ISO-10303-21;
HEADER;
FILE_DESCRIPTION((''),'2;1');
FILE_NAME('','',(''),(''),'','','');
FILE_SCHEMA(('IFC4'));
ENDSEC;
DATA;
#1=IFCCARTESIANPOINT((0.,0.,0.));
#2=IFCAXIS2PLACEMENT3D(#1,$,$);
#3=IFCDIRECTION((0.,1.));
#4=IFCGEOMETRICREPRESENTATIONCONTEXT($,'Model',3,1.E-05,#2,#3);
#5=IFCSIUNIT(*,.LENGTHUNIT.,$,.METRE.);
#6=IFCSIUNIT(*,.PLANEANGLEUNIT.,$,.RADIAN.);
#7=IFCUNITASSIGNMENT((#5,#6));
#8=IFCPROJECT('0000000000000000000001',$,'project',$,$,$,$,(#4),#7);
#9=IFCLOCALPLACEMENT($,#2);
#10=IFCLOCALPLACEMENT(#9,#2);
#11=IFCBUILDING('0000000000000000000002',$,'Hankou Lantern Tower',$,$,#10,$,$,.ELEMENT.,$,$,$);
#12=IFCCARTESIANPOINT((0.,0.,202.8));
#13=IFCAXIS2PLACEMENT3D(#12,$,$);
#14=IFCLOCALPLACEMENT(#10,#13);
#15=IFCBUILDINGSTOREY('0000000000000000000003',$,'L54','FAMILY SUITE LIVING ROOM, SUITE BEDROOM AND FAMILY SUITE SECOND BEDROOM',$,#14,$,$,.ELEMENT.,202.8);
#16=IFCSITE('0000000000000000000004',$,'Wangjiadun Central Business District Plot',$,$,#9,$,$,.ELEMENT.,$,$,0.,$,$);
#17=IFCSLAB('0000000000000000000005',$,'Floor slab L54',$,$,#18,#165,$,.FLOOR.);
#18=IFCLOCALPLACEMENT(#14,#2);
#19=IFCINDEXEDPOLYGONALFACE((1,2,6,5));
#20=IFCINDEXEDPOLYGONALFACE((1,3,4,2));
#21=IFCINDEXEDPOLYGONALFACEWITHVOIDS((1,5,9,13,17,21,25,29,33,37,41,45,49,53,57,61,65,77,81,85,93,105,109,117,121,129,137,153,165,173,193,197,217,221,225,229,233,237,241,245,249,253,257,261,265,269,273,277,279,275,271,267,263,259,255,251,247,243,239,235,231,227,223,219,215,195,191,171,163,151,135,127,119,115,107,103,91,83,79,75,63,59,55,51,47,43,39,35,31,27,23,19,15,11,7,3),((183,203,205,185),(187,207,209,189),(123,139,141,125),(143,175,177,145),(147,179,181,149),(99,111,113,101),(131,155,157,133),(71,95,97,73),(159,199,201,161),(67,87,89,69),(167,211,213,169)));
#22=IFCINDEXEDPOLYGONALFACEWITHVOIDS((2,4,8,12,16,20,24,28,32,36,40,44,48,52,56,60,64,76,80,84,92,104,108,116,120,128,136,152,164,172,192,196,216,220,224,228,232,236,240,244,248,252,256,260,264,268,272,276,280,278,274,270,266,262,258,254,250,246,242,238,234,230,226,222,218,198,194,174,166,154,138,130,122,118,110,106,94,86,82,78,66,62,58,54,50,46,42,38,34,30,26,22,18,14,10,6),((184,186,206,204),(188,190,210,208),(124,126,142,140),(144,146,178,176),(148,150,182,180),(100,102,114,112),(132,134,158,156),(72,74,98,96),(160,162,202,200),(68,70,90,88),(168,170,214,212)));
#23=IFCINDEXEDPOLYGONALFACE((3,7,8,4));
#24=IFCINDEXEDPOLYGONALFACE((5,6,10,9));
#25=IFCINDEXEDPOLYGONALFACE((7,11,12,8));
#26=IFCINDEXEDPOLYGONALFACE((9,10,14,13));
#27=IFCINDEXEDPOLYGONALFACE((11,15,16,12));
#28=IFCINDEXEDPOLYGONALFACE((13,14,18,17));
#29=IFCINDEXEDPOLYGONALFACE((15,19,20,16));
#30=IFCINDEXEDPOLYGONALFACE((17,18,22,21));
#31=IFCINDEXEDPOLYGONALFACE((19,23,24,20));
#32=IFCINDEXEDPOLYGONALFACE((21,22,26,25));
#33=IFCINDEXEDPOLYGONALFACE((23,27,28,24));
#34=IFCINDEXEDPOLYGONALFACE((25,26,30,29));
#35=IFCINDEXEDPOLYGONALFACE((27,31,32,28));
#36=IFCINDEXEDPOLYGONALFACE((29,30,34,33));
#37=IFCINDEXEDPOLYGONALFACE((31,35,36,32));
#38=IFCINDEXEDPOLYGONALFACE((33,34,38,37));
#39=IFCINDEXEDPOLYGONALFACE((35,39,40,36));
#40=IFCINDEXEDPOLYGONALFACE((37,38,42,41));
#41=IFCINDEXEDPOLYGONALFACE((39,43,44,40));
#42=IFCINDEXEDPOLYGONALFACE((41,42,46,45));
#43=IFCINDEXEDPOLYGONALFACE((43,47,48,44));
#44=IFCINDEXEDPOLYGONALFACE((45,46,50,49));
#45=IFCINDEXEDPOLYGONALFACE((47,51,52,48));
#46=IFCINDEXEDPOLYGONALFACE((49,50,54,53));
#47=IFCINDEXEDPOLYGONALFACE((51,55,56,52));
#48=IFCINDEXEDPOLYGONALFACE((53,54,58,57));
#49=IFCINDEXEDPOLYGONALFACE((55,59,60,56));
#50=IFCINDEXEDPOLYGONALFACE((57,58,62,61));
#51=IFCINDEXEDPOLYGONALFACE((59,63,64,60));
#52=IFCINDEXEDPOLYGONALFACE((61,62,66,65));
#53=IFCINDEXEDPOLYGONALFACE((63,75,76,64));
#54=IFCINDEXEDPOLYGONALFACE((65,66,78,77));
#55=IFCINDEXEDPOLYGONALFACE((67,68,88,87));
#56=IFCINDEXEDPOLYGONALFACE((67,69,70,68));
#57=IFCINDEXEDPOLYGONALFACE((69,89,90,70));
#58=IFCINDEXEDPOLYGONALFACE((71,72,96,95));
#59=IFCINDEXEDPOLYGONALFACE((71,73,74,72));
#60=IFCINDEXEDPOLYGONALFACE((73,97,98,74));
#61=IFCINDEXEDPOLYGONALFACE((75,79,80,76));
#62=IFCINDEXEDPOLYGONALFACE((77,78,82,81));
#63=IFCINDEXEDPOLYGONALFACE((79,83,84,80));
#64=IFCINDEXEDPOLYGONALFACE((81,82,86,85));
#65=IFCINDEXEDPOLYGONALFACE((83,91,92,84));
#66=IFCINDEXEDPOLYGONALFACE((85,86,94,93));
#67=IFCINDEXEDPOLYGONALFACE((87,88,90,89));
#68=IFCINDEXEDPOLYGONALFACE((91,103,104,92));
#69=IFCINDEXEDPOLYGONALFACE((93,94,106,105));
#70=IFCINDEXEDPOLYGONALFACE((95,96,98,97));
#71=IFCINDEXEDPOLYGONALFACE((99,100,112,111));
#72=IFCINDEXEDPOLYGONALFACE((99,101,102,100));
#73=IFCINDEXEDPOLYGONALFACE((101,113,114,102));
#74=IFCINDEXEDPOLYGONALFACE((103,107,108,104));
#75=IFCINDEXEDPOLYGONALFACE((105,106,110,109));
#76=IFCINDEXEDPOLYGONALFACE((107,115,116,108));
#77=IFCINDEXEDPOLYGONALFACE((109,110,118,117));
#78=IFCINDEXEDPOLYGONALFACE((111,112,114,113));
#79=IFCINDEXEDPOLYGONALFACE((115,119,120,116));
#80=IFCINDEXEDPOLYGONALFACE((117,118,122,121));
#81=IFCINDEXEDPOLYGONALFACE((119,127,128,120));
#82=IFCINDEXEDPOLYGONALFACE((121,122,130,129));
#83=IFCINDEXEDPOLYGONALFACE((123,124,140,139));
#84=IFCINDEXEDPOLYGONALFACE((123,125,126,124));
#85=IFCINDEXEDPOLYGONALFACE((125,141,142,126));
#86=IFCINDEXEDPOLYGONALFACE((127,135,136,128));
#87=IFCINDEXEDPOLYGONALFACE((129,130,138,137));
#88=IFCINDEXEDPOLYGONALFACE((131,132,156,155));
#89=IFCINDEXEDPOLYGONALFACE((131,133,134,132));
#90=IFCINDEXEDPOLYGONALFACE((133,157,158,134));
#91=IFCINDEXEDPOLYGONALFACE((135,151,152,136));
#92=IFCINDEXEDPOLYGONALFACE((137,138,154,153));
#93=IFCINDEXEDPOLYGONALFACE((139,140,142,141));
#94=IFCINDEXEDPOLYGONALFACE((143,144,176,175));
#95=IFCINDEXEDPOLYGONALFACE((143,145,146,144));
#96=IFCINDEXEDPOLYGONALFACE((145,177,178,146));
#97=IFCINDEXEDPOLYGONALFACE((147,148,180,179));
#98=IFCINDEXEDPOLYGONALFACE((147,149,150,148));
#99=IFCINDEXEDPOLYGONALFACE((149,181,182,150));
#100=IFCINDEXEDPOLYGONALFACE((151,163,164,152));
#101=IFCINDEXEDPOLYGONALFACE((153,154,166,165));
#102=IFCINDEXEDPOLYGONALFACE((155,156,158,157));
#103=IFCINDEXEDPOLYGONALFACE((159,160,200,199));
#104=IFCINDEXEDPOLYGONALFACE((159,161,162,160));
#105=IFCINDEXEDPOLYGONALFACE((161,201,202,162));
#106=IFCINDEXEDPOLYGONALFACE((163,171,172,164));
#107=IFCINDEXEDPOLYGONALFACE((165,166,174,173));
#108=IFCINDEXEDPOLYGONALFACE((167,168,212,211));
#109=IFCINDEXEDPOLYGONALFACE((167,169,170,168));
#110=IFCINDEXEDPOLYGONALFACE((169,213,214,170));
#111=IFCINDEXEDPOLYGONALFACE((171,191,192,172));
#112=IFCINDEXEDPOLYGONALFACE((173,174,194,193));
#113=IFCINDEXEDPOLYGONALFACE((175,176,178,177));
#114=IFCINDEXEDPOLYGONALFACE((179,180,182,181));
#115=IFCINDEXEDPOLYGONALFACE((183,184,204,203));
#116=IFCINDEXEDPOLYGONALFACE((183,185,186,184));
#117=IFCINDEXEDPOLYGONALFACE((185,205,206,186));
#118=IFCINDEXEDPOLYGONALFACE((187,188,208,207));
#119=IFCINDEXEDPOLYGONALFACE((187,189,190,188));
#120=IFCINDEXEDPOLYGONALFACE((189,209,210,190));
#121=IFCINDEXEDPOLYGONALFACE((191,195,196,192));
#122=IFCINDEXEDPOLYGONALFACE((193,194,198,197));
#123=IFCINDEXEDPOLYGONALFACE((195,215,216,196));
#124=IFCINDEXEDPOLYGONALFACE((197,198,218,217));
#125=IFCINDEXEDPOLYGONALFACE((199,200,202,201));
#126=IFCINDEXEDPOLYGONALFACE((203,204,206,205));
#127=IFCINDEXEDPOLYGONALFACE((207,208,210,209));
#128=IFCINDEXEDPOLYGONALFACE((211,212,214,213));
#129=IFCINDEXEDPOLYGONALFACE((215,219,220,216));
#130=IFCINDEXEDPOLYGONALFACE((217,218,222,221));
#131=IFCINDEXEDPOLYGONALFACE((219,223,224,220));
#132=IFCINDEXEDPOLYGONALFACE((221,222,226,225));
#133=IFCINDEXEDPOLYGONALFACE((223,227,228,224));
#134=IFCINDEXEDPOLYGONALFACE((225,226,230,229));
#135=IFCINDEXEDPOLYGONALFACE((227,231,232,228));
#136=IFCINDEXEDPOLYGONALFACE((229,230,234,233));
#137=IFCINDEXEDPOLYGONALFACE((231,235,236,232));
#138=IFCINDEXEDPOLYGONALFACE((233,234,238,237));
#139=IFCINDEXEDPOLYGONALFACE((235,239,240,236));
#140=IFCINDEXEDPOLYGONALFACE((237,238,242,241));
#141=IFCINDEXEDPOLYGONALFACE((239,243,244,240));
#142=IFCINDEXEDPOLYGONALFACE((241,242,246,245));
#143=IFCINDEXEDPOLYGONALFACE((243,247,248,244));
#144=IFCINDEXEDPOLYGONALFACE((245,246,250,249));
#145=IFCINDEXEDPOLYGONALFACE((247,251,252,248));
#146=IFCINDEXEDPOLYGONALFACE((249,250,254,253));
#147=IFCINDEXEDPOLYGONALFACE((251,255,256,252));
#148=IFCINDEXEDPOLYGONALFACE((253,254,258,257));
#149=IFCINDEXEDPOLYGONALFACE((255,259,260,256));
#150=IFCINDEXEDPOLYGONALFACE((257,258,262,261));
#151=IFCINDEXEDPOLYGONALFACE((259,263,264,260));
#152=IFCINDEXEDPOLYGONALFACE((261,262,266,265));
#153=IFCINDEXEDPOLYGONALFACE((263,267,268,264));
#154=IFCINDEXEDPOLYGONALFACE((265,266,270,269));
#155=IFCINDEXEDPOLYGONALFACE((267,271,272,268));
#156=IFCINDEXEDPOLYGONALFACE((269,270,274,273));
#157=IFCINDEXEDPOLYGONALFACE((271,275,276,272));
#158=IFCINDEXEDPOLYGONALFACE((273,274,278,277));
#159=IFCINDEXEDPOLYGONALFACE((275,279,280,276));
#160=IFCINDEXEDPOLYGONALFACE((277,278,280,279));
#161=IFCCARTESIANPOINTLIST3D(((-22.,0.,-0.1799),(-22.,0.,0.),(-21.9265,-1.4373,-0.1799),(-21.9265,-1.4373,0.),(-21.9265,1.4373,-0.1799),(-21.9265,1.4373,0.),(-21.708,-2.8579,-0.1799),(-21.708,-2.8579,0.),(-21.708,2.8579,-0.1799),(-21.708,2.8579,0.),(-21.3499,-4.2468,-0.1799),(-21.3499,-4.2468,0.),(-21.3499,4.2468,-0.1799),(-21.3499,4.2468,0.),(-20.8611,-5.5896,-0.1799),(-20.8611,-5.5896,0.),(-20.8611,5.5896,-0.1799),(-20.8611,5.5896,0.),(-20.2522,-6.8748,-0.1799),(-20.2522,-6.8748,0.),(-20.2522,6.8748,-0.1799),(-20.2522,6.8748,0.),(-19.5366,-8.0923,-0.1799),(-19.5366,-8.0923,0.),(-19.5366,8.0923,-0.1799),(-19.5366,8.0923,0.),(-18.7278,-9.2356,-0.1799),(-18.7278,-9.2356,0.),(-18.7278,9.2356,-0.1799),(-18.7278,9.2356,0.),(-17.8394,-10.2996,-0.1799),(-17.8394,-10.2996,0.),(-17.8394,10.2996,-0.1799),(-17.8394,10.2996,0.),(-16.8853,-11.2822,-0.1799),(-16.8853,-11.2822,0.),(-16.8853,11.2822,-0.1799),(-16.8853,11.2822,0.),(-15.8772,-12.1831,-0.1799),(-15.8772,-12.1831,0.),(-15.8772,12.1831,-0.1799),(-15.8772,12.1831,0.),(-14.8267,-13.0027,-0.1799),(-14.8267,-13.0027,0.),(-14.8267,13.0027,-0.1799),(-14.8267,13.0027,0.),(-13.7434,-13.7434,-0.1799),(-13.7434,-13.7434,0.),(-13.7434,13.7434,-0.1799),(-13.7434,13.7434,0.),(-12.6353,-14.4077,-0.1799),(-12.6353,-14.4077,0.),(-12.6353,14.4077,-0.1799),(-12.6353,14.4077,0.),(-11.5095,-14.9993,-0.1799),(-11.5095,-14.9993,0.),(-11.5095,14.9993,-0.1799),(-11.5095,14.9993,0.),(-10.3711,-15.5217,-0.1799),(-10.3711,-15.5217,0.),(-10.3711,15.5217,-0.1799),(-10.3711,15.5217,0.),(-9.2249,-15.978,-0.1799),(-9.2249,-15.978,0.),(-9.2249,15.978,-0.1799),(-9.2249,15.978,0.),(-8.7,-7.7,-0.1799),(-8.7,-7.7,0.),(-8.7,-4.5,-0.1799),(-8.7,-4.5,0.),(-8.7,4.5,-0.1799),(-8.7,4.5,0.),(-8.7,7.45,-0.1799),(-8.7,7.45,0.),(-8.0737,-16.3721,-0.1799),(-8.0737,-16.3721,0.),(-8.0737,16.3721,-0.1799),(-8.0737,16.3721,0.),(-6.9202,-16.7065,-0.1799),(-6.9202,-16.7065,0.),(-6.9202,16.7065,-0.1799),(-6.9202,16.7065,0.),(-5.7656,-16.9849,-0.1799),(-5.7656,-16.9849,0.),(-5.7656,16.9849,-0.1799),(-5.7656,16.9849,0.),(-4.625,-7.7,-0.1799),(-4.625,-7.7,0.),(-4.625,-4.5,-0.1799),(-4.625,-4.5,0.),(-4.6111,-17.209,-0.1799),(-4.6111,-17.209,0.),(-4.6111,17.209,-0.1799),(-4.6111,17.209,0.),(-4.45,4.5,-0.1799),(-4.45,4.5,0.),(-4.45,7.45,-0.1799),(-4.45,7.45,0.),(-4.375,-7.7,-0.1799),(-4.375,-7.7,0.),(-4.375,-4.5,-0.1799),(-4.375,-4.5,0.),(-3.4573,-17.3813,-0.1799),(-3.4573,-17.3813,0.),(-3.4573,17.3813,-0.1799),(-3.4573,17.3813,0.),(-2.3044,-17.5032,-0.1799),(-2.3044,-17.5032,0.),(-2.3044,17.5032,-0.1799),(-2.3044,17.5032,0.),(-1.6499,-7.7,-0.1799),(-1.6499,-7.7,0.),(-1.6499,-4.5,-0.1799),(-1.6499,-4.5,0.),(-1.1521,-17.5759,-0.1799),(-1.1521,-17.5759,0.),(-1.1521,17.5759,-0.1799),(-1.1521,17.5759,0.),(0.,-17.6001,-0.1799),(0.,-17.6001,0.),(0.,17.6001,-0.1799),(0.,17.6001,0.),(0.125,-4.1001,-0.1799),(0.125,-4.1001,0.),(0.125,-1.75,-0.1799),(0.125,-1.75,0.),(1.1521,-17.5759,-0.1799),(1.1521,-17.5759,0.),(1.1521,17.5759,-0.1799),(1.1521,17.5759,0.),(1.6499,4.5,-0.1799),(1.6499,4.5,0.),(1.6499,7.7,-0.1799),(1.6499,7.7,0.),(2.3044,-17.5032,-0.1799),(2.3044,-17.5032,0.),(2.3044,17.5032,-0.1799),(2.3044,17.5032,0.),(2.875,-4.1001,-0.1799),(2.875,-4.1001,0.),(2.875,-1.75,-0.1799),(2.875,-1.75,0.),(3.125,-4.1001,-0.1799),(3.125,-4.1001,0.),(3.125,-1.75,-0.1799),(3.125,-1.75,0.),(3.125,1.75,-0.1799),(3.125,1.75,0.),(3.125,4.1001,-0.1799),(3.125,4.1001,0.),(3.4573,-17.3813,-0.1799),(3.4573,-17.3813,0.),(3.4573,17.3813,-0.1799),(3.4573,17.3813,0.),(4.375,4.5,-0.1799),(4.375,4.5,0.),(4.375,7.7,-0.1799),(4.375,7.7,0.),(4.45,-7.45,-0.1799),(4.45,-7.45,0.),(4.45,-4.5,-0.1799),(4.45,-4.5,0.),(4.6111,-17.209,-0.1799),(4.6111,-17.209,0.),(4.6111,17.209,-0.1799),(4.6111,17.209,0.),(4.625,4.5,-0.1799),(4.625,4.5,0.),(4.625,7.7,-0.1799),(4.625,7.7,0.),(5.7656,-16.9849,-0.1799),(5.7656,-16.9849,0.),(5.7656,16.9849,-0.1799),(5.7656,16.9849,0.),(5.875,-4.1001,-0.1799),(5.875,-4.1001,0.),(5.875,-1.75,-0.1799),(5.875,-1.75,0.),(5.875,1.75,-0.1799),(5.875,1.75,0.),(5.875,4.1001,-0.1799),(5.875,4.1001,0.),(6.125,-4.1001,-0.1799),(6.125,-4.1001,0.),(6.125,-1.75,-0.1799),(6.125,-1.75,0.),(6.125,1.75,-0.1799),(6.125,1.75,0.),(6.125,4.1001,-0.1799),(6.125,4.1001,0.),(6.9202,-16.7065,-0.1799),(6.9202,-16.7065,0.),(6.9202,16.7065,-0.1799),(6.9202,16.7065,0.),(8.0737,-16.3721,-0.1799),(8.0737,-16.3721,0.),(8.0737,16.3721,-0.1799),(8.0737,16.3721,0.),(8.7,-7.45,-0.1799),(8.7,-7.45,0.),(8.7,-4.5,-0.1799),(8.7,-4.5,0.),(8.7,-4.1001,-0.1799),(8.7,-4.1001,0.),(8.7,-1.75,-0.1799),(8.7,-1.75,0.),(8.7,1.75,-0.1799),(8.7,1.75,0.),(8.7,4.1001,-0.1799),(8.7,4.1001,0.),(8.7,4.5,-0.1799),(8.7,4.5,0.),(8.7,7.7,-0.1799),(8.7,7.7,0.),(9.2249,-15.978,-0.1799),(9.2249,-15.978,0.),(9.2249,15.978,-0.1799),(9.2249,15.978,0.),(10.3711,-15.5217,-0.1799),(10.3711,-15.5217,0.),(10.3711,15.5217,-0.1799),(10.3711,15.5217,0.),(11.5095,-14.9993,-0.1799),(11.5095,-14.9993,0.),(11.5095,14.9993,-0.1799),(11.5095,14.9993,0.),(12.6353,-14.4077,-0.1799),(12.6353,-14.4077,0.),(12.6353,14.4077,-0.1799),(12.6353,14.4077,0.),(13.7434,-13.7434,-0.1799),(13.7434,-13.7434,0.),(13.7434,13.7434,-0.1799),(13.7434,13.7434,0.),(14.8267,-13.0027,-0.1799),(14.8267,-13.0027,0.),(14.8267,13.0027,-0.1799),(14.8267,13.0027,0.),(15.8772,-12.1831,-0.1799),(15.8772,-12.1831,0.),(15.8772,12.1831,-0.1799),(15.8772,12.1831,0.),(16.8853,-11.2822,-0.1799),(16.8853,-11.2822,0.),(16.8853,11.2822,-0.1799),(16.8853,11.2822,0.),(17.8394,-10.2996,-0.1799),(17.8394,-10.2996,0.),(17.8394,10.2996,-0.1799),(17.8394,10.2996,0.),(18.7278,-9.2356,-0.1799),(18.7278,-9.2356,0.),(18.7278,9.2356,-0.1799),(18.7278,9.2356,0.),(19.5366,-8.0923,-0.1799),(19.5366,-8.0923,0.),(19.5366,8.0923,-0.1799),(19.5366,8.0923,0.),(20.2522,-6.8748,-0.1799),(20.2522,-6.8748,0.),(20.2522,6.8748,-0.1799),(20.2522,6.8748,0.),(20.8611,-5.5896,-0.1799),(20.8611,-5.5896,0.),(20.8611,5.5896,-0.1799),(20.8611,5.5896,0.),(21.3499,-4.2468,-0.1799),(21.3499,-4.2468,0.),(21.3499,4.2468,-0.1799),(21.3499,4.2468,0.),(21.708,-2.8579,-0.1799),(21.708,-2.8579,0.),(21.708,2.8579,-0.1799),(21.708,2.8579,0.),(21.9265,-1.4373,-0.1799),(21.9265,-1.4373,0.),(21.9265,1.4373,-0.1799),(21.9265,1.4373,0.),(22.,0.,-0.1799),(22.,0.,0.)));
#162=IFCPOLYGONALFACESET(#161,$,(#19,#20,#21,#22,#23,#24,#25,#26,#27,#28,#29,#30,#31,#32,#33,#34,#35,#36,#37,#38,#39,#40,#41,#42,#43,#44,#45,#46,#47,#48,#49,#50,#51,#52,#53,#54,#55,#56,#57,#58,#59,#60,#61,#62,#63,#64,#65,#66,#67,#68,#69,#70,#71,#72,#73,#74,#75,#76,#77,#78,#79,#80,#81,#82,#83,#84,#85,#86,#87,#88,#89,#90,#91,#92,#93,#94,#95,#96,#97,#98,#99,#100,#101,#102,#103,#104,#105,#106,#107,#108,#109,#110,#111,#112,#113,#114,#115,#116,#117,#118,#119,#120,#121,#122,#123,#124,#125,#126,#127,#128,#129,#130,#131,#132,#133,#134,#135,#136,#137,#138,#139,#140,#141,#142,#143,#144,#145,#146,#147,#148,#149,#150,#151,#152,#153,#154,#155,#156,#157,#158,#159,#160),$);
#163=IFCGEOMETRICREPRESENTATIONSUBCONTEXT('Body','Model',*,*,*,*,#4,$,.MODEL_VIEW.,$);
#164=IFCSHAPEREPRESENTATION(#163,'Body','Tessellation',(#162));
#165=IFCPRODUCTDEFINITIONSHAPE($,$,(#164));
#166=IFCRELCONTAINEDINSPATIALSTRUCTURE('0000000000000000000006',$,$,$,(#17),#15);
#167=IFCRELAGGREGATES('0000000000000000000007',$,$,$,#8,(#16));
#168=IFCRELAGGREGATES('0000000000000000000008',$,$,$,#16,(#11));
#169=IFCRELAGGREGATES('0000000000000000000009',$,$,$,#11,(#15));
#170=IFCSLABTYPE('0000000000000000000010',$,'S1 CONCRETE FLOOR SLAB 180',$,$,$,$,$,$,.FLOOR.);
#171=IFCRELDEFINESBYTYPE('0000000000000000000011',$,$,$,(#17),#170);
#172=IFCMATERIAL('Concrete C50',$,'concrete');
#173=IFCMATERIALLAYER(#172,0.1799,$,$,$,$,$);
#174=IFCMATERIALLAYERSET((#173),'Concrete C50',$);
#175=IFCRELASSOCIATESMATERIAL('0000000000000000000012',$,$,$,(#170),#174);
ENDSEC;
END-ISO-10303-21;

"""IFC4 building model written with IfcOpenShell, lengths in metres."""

from ifc_helpers import new_model, si_unit, direction, frame, origin, place, context, subcontext, project, spatial, polyline, outline, extrude, material, layer, layer_set, type_object, element, save


model = new_model("IFC4")

# Units and contexts
model_context = context("Model", 3, precision=1e-05, world=origin(), true_north=direction((0.0, 1.0)))
body_context = subcontext(model_context, "Body", "Model", "MODEL_VIEW")
ifc_project = project(units=[si_unit("LENGTHUNIT", "METRE"), si_unit("PLANEANGLEUNIT", "RADIAN")], contexts=[model_context])

# Site, building, storey
site_placement = place(None, origin())
site = spatial("IfcSite", under=ifc_project, at=site_placement, Name="Wangjiadun Central Business District Plot", CompositionType="ELEMENT", RefElevation=0.0)
building_placement = place(site_placement, origin())
building = spatial("IfcBuilding", under=site, at=building_placement, Name="Hankou Lantern Tower", CompositionType="ELEMENT")
storey_placement = place(building_placement, frame((0.0, 0.0, 202.8)))
storey = spatial("IfcBuildingStorey", under=building, at=storey_placement, Name="L54", Description="FAMILY SUITE LIVING ROOM, SUITE BEDROOM AND FAMILY SUITE SECOND BEDROOM", CompositionType="ELEMENT", Elevation=202.8)

# Slab
ifc_material_1 = material(Name="Concrete C50", Category="concrete")
ifc_layer_1 = layer(ifc_material_1, 0.1799)
ifc_layer_set_1 = layer_set([ifc_layer_1], Name="Concrete C50")
slab_type = type_object("IfcSlabType", Name="S1 CONCRETE FLOOR SLAB 180", PredefinedType="FLOOR", material=ifc_layer_set_1)
slab_placement = place(storey_placement, frame((0.0, 0.0, -0.1799)))
element("IfcSlab", 1, at=slab_placement, inside=storey, type_object=slab_type, Name="Floor slab L54", PredefinedType="FLOOR", context=body_context, shape_type="SweptSolid", body=[
    extrude(outline(polyline([(22.0, 0.0), (21.9265, 1.4373), (21.708, 2.8579), (21.3499, 4.2468), (20.8611, 5.5896), (20.2522, 6.8748), (19.5366, 8.0923), (18.7278, 9.2356), (17.8394, 10.2996), (16.8853, 11.2822), (15.8772, 12.1831), (14.8267, 13.0027), (13.7434, 13.7434), (12.6353, 14.4077), (11.5095, 14.9993), (10.3711, 15.5217), (9.2249, 15.978), (8.0737, 16.3721), (6.9202, 16.7065), (5.7656, 16.9849), (4.6111, 17.209), (3.4573, 17.3813), (2.3044, 17.5032), (1.1521, 17.5759), (0.0, 17.6001), (-1.1521, 17.5759), (-2.3044, 17.5032), (-3.4573, 17.3813), (-4.6111, 17.209), (-5.7656, 16.9849), (-6.9202, 16.7065), (-8.0737, 16.3721), (-9.2249, 15.978), (-10.3711, 15.5217), (-11.5095, 14.9993), (-12.6353, 14.4077), (-13.7434, 13.7434), (-14.8267, 13.0027), (-15.8772, 12.1831), (-16.8853, 11.2822), (-17.8394, 10.2996), (-18.7278, 9.2356), (-19.5366, 8.0923), (-20.2522, 6.8748), (-20.8611, 5.5896), (-21.3499, 4.2468), (-21.708, 2.8579), (-21.9265, 1.4373), (-22.0, 0.0), (-21.9265, -1.4373), (-21.708, -2.8579), (-21.3499, -4.2468), (-20.8611, -5.5896), (-20.2522, -6.8748), (-19.5366, -8.0923), (-18.7278, -9.2356), (-17.8394, -10.2996), (-16.8853, -11.2822), (-15.8772, -12.1831), (-14.8267, -13.0027), (-13.7434, -13.7434), (-12.6353, -14.4077), (-11.5095, -14.9993), (-10.3711, -15.5217), (-9.2249, -15.978), (-8.0737, -16.3721), (-6.9202, -16.7065), (-5.7656, -16.9849), (-4.6111, -17.209), (-3.4573, -17.3813), (-2.3044, -17.5032), (-1.1521, -17.5759), (0.0, -17.6001), (1.1521, -17.5759), (2.3044, -17.5032), (3.4573, -17.3813), (4.6111, -17.209), (5.7656, -16.9849), (6.9202, -16.7065), (8.0737, -16.3721), (9.2249, -15.978), (10.3711, -15.5217), (11.5095, -14.9993), (12.6353, -14.4077), (13.7434, -13.7434), (14.8267, -13.0027), (15.8772, -12.1831), (16.8853, -11.2822), (17.8394, -10.2996), (18.7278, -9.2356), (19.5366, -8.0923), (20.2522, -6.8748), (20.8611, -5.5896), (21.3499, -4.2468), (21.708, -2.8579), (21.9265, -1.4373), (22.0, 0.0)]), holes=[polyline([(3.125, 4.1001), (5.875, 4.1001), (5.875, 1.75), (3.125, 1.75), (3.125, 4.1001)]), polyline([(6.125, 4.1001), (8.7, 4.1001), (8.7, 1.75), (6.125, 1.75), (6.125, 4.1001)]), polyline([(0.125, -1.75), (2.875, -1.75), (2.875, -4.1001), (0.125, -4.1001), (0.125, -1.75)]), polyline([(3.125, -1.75), (5.875, -1.75), (5.875, -4.1001), (3.125, -4.1001), (3.125, -1.75)]), polyline([(6.125, -1.75), (8.7, -1.75), (8.7, -4.1001), (6.125, -4.1001), (6.125, -1.75)]), polyline([(1.6499, 7.7), (4.375, 7.7), (4.375, 4.5), (1.6499, 4.5), (1.6499, 7.7)]), polyline([(-4.375, -4.5), (-1.6499, -4.5), (-1.6499, -7.7), (-4.375, -7.7), (-4.375, -4.5)]), polyline([(-8.7, 7.45), (-4.45, 7.45), (-4.45, 4.5), (-8.7, 4.5), (-8.7, 7.45)]), polyline([(4.45, -4.5), (8.7, -4.5), (8.7, -7.45), (4.45, -7.45), (4.45, -4.5)]), polyline([(4.625, 7.7), (8.7, 7.7), (8.7, 4.5), (4.625, 4.5), (4.625, 7.7)]), polyline([(-8.7, -4.5), (-4.625, -4.5), (-4.625, -7.7), (-8.7, -7.7), (-8.7, -4.5)])]), origin(), (0.0, 0.0, 1.0), 0.1799),
])

save(model, "model.ifc")
